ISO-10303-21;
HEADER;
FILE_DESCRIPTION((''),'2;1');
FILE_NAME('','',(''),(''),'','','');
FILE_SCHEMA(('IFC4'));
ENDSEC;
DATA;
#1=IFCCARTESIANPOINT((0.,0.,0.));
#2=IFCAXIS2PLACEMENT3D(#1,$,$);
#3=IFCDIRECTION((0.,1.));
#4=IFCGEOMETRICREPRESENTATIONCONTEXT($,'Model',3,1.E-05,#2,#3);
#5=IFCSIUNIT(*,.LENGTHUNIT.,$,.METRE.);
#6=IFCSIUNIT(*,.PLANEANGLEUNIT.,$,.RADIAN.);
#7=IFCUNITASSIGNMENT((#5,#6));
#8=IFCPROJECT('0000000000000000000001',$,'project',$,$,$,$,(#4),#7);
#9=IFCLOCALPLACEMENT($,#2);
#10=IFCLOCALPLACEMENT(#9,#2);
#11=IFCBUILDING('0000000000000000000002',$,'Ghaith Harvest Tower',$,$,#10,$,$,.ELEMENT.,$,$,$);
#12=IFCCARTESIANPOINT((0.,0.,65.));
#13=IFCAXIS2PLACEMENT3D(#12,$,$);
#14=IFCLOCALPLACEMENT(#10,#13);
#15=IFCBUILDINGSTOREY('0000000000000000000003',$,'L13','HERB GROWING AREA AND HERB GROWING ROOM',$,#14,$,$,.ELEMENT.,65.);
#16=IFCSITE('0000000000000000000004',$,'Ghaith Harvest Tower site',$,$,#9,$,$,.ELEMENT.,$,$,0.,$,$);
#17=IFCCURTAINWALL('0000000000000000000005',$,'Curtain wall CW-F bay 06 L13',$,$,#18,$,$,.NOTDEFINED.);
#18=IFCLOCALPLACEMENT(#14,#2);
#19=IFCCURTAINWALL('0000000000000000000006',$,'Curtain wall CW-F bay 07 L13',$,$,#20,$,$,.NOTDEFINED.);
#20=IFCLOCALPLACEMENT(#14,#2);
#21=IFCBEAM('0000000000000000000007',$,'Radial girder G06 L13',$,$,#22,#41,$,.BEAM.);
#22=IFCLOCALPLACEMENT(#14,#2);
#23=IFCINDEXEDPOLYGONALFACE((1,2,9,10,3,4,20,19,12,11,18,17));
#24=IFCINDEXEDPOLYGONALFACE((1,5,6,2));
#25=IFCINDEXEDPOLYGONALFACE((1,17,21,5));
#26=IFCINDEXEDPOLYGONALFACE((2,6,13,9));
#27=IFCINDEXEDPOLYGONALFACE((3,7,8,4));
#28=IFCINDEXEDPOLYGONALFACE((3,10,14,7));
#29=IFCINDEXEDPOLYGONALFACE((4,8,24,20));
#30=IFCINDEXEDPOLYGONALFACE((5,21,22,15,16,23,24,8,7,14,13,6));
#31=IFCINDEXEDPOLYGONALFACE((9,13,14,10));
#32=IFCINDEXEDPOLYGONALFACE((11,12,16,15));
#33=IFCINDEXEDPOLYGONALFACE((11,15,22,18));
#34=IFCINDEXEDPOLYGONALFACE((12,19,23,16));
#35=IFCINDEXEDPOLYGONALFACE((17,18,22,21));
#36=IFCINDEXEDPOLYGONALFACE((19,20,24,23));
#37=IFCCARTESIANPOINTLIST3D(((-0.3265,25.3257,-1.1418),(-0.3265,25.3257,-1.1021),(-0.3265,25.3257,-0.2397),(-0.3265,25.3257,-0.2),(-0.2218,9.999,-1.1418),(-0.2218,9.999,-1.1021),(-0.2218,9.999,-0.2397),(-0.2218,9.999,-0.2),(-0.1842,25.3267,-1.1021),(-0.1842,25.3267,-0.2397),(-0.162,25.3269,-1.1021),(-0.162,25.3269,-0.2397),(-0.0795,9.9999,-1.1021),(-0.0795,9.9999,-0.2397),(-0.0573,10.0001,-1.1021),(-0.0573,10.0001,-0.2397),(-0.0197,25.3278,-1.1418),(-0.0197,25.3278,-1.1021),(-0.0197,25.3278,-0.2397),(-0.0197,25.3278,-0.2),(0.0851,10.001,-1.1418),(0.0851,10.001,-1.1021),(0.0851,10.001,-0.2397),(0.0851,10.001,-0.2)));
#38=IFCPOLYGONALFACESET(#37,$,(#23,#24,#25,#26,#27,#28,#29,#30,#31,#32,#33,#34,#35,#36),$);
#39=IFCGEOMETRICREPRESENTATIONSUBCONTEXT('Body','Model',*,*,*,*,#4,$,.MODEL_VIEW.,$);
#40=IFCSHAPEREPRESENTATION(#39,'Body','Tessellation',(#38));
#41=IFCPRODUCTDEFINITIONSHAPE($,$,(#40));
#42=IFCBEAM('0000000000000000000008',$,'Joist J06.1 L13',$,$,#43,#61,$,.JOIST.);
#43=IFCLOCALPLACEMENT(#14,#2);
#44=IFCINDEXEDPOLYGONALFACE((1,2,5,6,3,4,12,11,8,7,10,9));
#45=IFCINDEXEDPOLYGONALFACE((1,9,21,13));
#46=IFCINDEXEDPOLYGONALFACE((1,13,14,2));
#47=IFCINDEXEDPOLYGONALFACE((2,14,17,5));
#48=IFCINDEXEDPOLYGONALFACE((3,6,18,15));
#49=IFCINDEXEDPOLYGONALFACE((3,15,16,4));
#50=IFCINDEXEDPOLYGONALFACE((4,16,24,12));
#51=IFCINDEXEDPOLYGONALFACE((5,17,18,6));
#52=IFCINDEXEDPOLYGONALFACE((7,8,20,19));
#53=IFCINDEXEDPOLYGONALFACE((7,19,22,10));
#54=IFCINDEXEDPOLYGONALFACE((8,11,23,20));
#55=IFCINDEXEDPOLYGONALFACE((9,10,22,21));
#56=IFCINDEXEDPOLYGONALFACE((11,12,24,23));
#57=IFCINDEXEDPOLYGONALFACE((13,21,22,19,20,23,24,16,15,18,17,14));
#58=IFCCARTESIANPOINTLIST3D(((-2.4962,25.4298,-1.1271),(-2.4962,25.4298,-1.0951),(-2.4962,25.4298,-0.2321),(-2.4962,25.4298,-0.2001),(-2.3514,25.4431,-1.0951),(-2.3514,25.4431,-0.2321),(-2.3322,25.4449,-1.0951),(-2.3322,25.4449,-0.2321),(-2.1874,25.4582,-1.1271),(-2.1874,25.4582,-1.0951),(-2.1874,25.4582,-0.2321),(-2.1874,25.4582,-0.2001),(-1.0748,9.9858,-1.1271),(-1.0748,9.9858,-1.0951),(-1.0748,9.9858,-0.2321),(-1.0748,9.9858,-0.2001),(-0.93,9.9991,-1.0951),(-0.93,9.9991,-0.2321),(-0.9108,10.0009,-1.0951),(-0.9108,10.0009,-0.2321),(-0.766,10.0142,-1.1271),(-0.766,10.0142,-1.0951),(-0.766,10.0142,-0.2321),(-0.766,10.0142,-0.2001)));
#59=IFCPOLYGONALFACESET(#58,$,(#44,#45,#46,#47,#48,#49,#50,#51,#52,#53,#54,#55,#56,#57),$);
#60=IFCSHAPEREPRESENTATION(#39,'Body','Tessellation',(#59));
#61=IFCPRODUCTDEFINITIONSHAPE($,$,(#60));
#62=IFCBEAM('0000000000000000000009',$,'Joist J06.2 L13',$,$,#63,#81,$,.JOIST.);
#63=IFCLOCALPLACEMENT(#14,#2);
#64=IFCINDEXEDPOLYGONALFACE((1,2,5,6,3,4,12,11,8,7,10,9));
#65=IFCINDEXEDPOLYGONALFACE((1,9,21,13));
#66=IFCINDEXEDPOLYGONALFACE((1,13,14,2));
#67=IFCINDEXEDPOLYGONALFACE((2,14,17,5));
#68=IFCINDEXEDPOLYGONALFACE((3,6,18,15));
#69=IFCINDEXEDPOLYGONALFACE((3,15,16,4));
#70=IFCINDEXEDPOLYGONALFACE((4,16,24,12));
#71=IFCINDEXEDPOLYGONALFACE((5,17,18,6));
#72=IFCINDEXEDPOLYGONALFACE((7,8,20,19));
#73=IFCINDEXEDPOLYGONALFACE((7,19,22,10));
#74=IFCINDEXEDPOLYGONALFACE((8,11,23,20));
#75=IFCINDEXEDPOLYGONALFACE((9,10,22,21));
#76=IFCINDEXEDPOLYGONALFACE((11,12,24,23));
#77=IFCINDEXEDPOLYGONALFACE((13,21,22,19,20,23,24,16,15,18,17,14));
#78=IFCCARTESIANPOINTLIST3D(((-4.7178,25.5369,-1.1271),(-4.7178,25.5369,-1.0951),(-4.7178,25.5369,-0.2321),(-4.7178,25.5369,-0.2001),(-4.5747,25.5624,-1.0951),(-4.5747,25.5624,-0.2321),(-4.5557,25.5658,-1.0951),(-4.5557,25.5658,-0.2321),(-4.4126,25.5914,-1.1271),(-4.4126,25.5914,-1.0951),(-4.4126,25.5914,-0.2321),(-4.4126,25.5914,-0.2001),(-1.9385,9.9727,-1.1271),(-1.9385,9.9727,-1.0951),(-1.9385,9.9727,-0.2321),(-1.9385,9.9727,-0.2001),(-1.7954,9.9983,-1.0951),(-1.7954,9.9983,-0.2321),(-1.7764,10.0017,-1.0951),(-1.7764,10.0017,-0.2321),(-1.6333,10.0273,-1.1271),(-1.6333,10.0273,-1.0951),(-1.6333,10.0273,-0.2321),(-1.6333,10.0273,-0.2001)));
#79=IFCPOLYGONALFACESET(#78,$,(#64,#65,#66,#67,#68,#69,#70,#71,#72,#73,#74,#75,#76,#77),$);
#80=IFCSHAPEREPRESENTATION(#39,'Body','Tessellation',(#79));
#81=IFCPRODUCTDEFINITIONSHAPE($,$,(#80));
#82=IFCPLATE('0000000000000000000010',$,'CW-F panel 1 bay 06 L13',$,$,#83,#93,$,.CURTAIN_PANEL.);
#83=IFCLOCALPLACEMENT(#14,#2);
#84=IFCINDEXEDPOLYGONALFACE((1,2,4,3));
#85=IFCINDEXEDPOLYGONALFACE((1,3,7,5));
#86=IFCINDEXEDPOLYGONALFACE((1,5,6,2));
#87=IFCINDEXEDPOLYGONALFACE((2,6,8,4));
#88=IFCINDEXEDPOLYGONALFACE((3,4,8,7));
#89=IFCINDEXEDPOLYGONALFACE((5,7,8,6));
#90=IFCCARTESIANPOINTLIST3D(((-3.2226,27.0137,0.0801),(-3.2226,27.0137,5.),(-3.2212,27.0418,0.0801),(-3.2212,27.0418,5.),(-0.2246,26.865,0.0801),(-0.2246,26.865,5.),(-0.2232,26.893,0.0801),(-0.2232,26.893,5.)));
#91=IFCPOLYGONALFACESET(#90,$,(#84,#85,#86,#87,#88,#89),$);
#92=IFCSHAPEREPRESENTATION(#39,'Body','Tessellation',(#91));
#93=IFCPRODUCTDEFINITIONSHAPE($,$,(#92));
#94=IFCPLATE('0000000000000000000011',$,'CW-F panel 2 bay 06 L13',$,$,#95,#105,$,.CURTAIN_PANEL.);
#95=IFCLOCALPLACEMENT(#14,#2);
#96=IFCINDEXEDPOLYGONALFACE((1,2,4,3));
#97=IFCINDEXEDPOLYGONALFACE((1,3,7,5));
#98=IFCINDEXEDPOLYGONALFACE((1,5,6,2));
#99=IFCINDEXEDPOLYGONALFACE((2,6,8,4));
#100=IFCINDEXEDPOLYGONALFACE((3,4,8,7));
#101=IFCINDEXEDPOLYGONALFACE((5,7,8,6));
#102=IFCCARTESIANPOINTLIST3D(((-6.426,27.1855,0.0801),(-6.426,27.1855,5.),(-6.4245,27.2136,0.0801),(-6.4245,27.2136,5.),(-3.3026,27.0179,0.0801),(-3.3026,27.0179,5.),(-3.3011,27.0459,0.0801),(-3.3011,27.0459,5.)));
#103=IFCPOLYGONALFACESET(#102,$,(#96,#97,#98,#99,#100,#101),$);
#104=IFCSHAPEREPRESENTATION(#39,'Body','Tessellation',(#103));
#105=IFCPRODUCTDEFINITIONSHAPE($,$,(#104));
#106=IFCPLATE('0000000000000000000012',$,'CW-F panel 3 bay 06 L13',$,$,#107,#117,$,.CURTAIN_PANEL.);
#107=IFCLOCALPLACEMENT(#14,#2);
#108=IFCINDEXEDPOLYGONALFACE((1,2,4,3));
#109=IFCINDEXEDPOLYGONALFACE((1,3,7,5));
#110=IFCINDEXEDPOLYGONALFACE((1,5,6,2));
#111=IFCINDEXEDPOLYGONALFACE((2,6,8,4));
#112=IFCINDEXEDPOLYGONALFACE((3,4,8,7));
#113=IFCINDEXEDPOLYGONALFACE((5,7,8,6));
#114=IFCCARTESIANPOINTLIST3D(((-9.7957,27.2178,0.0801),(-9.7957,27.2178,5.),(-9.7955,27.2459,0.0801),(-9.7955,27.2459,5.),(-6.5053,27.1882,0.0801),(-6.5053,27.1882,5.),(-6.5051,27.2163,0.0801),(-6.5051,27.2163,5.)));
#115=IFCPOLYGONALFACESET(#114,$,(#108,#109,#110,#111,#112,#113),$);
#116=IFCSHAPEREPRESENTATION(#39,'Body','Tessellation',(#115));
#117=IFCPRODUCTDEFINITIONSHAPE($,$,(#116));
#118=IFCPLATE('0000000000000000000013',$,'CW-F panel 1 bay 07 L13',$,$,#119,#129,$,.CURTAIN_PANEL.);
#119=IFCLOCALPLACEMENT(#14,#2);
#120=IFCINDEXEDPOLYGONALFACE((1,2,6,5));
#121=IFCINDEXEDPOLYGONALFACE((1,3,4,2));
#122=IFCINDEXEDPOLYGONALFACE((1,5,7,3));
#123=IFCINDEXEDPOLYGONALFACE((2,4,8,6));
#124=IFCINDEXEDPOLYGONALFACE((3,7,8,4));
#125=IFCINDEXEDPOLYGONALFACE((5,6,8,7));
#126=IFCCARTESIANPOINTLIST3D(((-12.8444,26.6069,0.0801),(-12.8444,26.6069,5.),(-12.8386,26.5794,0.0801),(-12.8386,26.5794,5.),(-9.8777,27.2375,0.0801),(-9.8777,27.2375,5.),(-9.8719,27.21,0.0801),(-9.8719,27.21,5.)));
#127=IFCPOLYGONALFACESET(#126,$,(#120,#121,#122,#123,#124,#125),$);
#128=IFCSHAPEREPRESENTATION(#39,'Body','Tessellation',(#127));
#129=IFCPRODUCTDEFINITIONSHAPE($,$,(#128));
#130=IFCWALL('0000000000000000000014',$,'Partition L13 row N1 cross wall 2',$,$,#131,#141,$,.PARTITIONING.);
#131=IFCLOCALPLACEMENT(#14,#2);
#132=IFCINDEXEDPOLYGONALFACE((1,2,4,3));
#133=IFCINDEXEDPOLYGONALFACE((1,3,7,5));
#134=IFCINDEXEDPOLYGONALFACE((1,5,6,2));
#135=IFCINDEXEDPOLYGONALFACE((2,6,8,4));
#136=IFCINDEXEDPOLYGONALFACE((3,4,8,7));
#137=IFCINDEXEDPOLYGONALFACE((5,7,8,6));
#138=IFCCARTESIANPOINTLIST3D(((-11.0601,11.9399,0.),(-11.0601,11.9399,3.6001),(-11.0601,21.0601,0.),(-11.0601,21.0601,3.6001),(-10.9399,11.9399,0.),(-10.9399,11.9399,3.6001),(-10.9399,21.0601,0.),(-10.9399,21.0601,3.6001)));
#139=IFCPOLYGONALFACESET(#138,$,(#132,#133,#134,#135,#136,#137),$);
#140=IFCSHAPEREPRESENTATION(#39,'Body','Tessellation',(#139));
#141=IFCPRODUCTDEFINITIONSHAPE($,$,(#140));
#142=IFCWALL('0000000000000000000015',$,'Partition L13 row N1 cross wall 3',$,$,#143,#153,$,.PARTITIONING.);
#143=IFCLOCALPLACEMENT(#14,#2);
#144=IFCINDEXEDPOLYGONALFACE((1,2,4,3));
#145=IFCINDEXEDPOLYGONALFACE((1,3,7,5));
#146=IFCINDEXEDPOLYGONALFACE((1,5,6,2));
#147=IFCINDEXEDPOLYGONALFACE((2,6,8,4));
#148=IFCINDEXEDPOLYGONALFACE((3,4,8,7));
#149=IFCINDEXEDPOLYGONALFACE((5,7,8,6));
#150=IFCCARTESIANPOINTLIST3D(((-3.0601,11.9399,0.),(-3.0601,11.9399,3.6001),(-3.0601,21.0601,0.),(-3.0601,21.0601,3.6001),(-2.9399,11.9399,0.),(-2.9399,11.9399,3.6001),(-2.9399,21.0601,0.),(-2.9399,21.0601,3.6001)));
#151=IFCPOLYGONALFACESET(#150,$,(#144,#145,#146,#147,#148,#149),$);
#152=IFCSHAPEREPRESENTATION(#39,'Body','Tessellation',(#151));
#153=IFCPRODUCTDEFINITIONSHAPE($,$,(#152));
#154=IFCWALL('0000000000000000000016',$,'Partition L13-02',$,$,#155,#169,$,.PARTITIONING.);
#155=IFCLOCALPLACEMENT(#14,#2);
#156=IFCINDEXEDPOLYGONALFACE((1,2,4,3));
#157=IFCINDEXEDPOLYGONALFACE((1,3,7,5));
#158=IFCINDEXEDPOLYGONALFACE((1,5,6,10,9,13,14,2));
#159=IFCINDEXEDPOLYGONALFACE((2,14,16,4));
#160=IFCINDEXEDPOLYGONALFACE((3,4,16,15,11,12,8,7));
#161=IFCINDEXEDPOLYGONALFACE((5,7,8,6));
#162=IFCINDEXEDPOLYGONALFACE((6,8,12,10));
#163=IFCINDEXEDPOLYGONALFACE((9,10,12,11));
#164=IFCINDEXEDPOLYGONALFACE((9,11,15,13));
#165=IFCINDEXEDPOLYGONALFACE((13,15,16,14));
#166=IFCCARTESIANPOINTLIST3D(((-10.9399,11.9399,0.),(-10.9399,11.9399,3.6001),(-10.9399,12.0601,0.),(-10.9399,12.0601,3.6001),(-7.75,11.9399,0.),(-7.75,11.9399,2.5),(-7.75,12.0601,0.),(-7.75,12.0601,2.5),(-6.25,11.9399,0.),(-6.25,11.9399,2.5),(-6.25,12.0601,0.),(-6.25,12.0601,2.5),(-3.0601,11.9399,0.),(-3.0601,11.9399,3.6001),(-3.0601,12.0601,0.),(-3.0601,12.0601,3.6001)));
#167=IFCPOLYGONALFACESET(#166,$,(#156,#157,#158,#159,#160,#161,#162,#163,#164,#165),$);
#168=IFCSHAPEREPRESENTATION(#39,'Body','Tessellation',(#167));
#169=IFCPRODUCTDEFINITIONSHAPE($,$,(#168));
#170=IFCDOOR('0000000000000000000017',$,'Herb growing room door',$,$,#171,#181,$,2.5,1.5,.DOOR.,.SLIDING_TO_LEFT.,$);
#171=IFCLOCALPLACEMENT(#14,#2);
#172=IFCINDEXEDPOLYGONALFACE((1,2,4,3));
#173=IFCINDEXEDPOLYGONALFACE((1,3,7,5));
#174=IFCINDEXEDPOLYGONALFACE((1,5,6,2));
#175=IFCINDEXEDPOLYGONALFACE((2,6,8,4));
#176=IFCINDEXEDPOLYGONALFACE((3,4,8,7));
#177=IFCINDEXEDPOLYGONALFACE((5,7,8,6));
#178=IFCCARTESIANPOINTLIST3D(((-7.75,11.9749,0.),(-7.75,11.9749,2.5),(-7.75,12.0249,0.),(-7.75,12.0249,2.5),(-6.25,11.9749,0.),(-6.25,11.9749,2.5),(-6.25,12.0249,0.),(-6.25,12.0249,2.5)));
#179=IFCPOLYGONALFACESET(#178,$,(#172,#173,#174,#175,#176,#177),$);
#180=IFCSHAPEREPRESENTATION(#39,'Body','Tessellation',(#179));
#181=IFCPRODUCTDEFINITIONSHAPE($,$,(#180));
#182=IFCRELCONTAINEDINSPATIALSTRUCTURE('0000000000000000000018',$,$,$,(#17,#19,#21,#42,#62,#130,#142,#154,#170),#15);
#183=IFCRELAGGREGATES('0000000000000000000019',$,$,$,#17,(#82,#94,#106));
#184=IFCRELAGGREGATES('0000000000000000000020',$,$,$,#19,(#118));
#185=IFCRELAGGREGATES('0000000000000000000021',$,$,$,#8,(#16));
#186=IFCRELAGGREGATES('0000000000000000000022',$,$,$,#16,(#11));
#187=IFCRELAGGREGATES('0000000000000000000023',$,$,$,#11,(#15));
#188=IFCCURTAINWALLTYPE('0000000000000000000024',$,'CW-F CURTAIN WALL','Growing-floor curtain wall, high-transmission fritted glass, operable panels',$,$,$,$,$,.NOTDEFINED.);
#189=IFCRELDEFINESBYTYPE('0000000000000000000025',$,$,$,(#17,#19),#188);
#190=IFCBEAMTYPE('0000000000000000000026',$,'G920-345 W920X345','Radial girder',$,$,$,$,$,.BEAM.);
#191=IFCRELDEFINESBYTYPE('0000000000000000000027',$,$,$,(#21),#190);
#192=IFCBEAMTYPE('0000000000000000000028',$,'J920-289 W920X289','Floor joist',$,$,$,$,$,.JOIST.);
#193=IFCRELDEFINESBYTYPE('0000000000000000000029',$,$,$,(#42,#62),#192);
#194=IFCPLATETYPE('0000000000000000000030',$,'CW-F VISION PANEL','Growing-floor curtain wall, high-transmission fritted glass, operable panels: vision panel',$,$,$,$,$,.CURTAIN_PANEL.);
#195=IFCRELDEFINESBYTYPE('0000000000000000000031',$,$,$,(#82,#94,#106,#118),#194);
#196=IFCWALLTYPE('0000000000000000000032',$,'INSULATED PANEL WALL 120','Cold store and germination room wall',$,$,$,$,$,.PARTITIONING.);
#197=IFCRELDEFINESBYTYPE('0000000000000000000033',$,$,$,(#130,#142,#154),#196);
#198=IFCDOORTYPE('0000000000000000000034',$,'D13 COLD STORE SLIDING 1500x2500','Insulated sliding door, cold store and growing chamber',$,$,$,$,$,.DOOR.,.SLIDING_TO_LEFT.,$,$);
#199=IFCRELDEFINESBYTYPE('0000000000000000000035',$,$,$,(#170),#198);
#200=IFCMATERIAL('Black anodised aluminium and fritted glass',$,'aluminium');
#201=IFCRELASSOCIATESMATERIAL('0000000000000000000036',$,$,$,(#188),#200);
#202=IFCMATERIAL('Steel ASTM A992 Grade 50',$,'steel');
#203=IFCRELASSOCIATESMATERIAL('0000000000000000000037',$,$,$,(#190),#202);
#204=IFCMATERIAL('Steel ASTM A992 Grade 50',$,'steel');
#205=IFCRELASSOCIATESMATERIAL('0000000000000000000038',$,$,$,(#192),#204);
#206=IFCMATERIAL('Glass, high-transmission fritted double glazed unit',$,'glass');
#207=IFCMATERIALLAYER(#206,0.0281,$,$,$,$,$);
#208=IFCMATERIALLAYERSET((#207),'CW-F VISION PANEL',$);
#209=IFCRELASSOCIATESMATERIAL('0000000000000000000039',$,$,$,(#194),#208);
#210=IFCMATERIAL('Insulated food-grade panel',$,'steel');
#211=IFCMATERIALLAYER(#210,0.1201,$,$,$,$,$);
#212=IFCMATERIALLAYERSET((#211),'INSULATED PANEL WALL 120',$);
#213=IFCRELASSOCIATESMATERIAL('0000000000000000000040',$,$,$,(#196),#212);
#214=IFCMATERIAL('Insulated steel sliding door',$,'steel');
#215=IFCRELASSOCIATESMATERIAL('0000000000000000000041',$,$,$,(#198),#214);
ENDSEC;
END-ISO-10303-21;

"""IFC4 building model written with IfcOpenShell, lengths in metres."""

from ifc_helpers import new_model, si_unit, direction, frame, frame_2d, origin, origin_2d, place, context, subcontext, project, spatial, rectangle, i_section, extrude, material, layer, layer_set, material_profile, profile_set, type_object, element, fill, aggregate, save


model = new_model("IFC4")

# Units and contexts
model_context = context("Model", 3, precision=1e-05, world=origin(), true_north=direction((0.0, 1.0)))
body_context = subcontext(model_context, "Body", "Model", "MODEL_VIEW")
ifc_project = project(units=[si_unit("LENGTHUNIT", "METRE"), si_unit("PLANEANGLEUNIT", "RADIAN")], contexts=[model_context])

# Site, building, storey
site_placement = place(None, origin())
site = spatial("IfcSite", under=ifc_project, at=site_placement, Name="Ghaith Harvest Tower site", CompositionType="ELEMENT", RefElevation=0.0)
building_placement = place(site_placement, origin())
building = spatial("IfcBuilding", under=site, at=building_placement, Name="Ghaith Harvest Tower", CompositionType="ELEMENT")
storey_placement = place(building_placement, frame((0.0, 0.0, 65.0)))
storey = spatial("IfcBuildingStorey", under=building, at=storey_placement, Name="L13", Description="HERB GROWING AREA AND HERB GROWING ROOM", CompositionType="ELEMENT", Elevation=65.0)

# Curtain walls
ifc_material_1 = material(Name="Black anodised aluminium and fritted glass", Category="aluminium")
curtain_wall_type = type_object("IfcCurtainWallType", Name="CW-F CURTAIN WALL", Description="Growing-floor curtain wall, high-transmission fritted glass, operable panels", PredefinedType="NOTDEFINED", material=ifc_material_1)
curtain_wall_1_placement = place(storey_placement, origin())
curtain_wall_1 = element("IfcCurtainWall", 1, at=curtain_wall_1_placement, inside=storey, type_object=curtain_wall_type, Name="Curtain wall CW-F bay 06 L13", PredefinedType="NOTDEFINED")
curtain_wall_2_placement = place(storey_placement, origin())
curtain_wall_2 = element("IfcCurtainWall", 2, at=curtain_wall_2_placement, inside=storey, type_object=curtain_wall_type, Name="Curtain wall CW-F bay 07 L13", PredefinedType="NOTDEFINED")

# Beams
ifc_material_2 = material(Name="Steel ASTM A992 Grade 50", Category="steel")
ifc_material_profile_1 = material_profile(ifc_material_2, i_section(OverallWidth=0.3069, OverallDepth=0.9419, WebThickness=0.0222, FlangeThickness=0.0398, at=origin_2d()), Name="W920X345")
ifc_profile_set_1 = profile_set([ifc_material_profile_1], Name="Steel ASTM A992 Grade 50")
beam_type_1 = type_object("IfcBeamType", Name="G920-345 W920X345", Description="Radial girder", PredefinedType="BEAM", material=ifc_profile_set_1)
beam_1_placement = place(storey_placement, frame((-0.0684, 10.0, -0.6709), z_axis=(-0.006833, 0.999977, 0.0), x_axis=(-0.999977, -0.006833, 0.0)))
element("IfcBeam", 3, at=beam_1_placement, inside=storey, type_object=beam_type_1, Name="Radial girder G06 L13", PredefinedType="BEAM", context=body_context, shape_type="SweptSolid", body=[
    extrude(i_section(OverallWidth=0.3069, OverallDepth=0.9419, WebThickness=0.0222, FlangeThickness=0.0398, at=origin_2d()), origin(), (0.0, 0.0, 1.0), 15.3271),
])
ifc_material_3 = material(Name="Steel ASTM A992 Grade 50", Category="steel")
ifc_material_profile_2 = material_profile(ifc_material_3, i_section(OverallWidth=0.3101, OverallDepth=0.927, WebThickness=0.0193, FlangeThickness=0.032, at=origin_2d()), Name="W920X289")
ifc_profile_set_2 = profile_set([ifc_material_profile_2], Name="Steel ASTM A992 Grade 50")
beam_type_2 = type_object("IfcBeamType", Name="J920-289 W920X289", Description="Floor joist", PredefinedType="JOIST", material=ifc_profile_set_2)
beam_2_placement = place(storey_placement, frame((-0.9204, 10.0, -0.6636), z_axis=(-0.091647, 0.995792, 0.0), x_axis=(-0.995792, -0.091647, 0.0)))
element("IfcBeam", 4, at=beam_2_placement, inside=storey, type_object=beam_type_2, Name="Joist J06.1 L13", PredefinedType="JOIST", context=body_context, shape_type="SweptSolid", body=[
    extrude(i_section(OverallWidth=0.3101, OverallDepth=0.927, WebThickness=0.0193, FlangeThickness=0.032, at=origin_2d()), origin(), (0.0, 0.0, 1.0), 15.5093),
])
beam_3_placement = place(storey_placement, frame((-1.7859, 10.0, -0.6636), z_axis=(-0.175789, 0.984428, 0.0), x_axis=(-0.984428, -0.175789, 0.0)))
element("IfcBeam", 5, at=beam_3_placement, inside=storey, type_object=beam_type_2, Name="Joist J06.2 L13", PredefinedType="JOIST", context=body_context, shape_type="SweptSolid", body=[
    extrude(i_section(OverallWidth=0.3101, OverallDepth=0.927, WebThickness=0.0193, FlangeThickness=0.032, at=origin_2d()), origin(), (0.0, 0.0, 1.0), 15.8103),
])

# Plates
ifc_material_4 = material(Name="Glass, high-transmission fritted double glazed unit", Category="glass")
ifc_layer_1 = layer(ifc_material_4, 0.0281)
ifc_layer_set_1 = layer_set([ifc_layer_1], Name="CW-F VISION PANEL")
plate_type = type_object("IfcPlateType", Name="CW-F VISION PANEL", Description="Growing-floor curtain wall, high-transmission fritted glass, operable panels: vision panel", PredefinedType="CURTAIN_PANEL", material=ifc_layer_set_1)
plate_1_placement = place(storey_placement, frame((-1.7229, 26.9534, 0.0801), z_axis=(0.0, 0.0, 1.0), x_axis=(-0.998771, 0.049554, 0.0)))
plate_1 = element("IfcPlate", 6, at=plate_1_placement, type_object=plate_type, Name="CW-F panel 1 bay 06 L13", PredefinedType="CURTAIN_PANEL", context=body_context, shape_type="SweptSolid", body=[
    extrude(rectangle(XDim=3.0017, YDim=0.0281, at=origin_2d()), origin(), (0.0, 0.0, 1.0), 4.9199),
])
plate_2_placement = place(storey_placement, frame((-4.8635, 27.1157, 0.0801), z_axis=(0.0, 0.0, 1.0), x_axis=(-0.998563, 0.0536, 0.0)))
plate_2 = element("IfcPlate", 7, at=plate_2_placement, type_object=plate_type, Name="CW-F panel 2 bay 06 L13", PredefinedType="CURTAIN_PANEL", context=body_context, shape_type="SweptSolid", body=[
    extrude(rectangle(XDim=3.1279, YDim=0.0281, at=origin_2d()), origin(), (0.0, 0.0, 1.0), 4.9199),
])
plate_3_placement = place(storey_placement, frame((-8.1504, 27.217, 0.0801), z_axis=(0.0, 0.0, 1.0), x_axis=(-0.99996, 0.008988, 0.0)))
plate_3 = element("IfcPlate", 8, at=plate_3_placement, type_object=plate_type, Name="CW-F panel 3 bay 06 L13", PredefinedType="CURTAIN_PANEL", context=body_context, shape_type="SweptSolid", body=[
    extrude(rectangle(XDim=3.2905, YDim=0.0281, at=origin_2d()), origin(), (0.0, 0.0, 1.0), 4.9199),
])
aggregate(curtain_wall_1, [plate_1, plate_2, plate_3])
plate_4_placement = place(storey_placement, frame((-11.3582, 26.9084, 0.0801), z_axis=(0.0, 0.0, 1.0), x_axis=(-0.978149, -0.207904, 0.0)))
plate_4 = element("IfcPlate", 9, at=plate_4_placement, type_object=plate_type, Name="CW-F panel 1 bay 07 L13", PredefinedType="CURTAIN_PANEL", context=body_context, shape_type="SweptSolid", body=[
    extrude(rectangle(XDim=3.033, YDim=0.0281, at=origin_2d()), origin(), (0.0, 0.0, 1.0), 4.9199),
])
aggregate(curtain_wall_2, [plate_4])

# Walls
ifc_material_5 = material(Name="Insulated food-grade panel", Category="steel")
ifc_layer_2 = layer(ifc_material_5, 0.1201)
ifc_layer_set_2 = layer_set([ifc_layer_2], Name="INSULATED PANEL WALL 120")
wall_type = type_object("IfcWallType", Name="INSULATED PANEL WALL 120", Description="Cold store and germination room wall", PredefinedType="PARTITIONING", material=ifc_layer_set_2)
for number, where, z_axis, x_axis, name in (
    (10, (-11.0, 11.9399, 0.0), (0.0, 0.0, 1.0), (0.0, 1.0, 0.0), "Partition L13 row N1 cross wall 2"),
    (11, (-3.0, 11.9399, 0.0), (0.0, 0.0, 1.0), (0.0, 1.0, 0.0), "Partition L13 row N1 cross wall 3"),
):
    element("IfcWall", number, at=place(storey_placement, frame(where, z_axis=z_axis, x_axis=x_axis)), inside=storey, type_object=wall_type, Name=name, PredefinedType="PARTITIONING", context=body_context, shape_type="SweptSolid", body=[
        extrude(rectangle(XDim=9.1201, YDim=0.1201, at=frame_2d((4.5601, 0.0))), origin(), (0.0, 0.0, 1.0), 3.6001),
    ])

# Wall, opening, door
wall_1_placement = place(storey_placement, frame((-10.9399, 12.0, 0.0), z_axis=(0.0, 0.0, 1.0), x_axis=(1.0, 0.0, 0.0)))
wall_1 = element("IfcWall", 12, at=wall_1_placement, inside=storey, type_object=wall_type, Name="Partition L13-02", PredefinedType="PARTITIONING", context=body_context, shape_type="SweptSolid", body=[
    extrude(rectangle(XDim=7.8799, YDim=0.1201, at=frame_2d((3.9399, 0.0))), origin(), (0.0, 0.0, 1.0), 3.6001),
])
opening_1_placement = place(wall_1_placement, frame((3.1899, 0.0, 0.0)))
opening_1 = element("IfcOpeningElement", 13, at=opening_1_placement, cuts=wall_1, PredefinedType="OPENING", context=body_context, shape_type="SweptSolid", body=[
    extrude(rectangle(XDim=1.5, YDim=2.5, at=frame_2d((0.75, 1.25))), frame((0.0, 0.0701, 0.0), z_axis=(0.0, -1.0, 0.0), x_axis=(1.0, 0.0, 0.0)), (0.0, 0.0, 1.0), 0.1401),
])
ifc_material_6 = material(Name="Insulated steel sliding door", Category="steel")
door_type = type_object("IfcDoorType", Name="D13 COLD STORE SLIDING 1500x2500", Description="Insulated sliding door, cold store and growing chamber", OperationType="SLIDING_TO_LEFT", PredefinedType="DOOR", material=ifc_material_6)
door_1_placement = place(opening_1_placement, origin())
door_1 = element("IfcDoor", 14, at=door_1_placement, inside=storey, type_object=door_type, Name="Herb growing room door", OperationType="SLIDING_TO_LEFT", OverallHeight=2.5, OverallWidth=1.5, PredefinedType="DOOR", context=body_context, shape_type="SweptSolid", body=[
    extrude(rectangle(XDim=1.5, YDim=2.5, at=frame_2d((0.75, 1.25))), frame((0.0, 0.0249, 0.0), z_axis=(0.0, -1.0, 0.0), x_axis=(1.0, 0.0, 0.0)), (0.0, 0.0, 1.0), 0.05),
])
fill(opening_1, door_1)

save(model, "model.ifc")
